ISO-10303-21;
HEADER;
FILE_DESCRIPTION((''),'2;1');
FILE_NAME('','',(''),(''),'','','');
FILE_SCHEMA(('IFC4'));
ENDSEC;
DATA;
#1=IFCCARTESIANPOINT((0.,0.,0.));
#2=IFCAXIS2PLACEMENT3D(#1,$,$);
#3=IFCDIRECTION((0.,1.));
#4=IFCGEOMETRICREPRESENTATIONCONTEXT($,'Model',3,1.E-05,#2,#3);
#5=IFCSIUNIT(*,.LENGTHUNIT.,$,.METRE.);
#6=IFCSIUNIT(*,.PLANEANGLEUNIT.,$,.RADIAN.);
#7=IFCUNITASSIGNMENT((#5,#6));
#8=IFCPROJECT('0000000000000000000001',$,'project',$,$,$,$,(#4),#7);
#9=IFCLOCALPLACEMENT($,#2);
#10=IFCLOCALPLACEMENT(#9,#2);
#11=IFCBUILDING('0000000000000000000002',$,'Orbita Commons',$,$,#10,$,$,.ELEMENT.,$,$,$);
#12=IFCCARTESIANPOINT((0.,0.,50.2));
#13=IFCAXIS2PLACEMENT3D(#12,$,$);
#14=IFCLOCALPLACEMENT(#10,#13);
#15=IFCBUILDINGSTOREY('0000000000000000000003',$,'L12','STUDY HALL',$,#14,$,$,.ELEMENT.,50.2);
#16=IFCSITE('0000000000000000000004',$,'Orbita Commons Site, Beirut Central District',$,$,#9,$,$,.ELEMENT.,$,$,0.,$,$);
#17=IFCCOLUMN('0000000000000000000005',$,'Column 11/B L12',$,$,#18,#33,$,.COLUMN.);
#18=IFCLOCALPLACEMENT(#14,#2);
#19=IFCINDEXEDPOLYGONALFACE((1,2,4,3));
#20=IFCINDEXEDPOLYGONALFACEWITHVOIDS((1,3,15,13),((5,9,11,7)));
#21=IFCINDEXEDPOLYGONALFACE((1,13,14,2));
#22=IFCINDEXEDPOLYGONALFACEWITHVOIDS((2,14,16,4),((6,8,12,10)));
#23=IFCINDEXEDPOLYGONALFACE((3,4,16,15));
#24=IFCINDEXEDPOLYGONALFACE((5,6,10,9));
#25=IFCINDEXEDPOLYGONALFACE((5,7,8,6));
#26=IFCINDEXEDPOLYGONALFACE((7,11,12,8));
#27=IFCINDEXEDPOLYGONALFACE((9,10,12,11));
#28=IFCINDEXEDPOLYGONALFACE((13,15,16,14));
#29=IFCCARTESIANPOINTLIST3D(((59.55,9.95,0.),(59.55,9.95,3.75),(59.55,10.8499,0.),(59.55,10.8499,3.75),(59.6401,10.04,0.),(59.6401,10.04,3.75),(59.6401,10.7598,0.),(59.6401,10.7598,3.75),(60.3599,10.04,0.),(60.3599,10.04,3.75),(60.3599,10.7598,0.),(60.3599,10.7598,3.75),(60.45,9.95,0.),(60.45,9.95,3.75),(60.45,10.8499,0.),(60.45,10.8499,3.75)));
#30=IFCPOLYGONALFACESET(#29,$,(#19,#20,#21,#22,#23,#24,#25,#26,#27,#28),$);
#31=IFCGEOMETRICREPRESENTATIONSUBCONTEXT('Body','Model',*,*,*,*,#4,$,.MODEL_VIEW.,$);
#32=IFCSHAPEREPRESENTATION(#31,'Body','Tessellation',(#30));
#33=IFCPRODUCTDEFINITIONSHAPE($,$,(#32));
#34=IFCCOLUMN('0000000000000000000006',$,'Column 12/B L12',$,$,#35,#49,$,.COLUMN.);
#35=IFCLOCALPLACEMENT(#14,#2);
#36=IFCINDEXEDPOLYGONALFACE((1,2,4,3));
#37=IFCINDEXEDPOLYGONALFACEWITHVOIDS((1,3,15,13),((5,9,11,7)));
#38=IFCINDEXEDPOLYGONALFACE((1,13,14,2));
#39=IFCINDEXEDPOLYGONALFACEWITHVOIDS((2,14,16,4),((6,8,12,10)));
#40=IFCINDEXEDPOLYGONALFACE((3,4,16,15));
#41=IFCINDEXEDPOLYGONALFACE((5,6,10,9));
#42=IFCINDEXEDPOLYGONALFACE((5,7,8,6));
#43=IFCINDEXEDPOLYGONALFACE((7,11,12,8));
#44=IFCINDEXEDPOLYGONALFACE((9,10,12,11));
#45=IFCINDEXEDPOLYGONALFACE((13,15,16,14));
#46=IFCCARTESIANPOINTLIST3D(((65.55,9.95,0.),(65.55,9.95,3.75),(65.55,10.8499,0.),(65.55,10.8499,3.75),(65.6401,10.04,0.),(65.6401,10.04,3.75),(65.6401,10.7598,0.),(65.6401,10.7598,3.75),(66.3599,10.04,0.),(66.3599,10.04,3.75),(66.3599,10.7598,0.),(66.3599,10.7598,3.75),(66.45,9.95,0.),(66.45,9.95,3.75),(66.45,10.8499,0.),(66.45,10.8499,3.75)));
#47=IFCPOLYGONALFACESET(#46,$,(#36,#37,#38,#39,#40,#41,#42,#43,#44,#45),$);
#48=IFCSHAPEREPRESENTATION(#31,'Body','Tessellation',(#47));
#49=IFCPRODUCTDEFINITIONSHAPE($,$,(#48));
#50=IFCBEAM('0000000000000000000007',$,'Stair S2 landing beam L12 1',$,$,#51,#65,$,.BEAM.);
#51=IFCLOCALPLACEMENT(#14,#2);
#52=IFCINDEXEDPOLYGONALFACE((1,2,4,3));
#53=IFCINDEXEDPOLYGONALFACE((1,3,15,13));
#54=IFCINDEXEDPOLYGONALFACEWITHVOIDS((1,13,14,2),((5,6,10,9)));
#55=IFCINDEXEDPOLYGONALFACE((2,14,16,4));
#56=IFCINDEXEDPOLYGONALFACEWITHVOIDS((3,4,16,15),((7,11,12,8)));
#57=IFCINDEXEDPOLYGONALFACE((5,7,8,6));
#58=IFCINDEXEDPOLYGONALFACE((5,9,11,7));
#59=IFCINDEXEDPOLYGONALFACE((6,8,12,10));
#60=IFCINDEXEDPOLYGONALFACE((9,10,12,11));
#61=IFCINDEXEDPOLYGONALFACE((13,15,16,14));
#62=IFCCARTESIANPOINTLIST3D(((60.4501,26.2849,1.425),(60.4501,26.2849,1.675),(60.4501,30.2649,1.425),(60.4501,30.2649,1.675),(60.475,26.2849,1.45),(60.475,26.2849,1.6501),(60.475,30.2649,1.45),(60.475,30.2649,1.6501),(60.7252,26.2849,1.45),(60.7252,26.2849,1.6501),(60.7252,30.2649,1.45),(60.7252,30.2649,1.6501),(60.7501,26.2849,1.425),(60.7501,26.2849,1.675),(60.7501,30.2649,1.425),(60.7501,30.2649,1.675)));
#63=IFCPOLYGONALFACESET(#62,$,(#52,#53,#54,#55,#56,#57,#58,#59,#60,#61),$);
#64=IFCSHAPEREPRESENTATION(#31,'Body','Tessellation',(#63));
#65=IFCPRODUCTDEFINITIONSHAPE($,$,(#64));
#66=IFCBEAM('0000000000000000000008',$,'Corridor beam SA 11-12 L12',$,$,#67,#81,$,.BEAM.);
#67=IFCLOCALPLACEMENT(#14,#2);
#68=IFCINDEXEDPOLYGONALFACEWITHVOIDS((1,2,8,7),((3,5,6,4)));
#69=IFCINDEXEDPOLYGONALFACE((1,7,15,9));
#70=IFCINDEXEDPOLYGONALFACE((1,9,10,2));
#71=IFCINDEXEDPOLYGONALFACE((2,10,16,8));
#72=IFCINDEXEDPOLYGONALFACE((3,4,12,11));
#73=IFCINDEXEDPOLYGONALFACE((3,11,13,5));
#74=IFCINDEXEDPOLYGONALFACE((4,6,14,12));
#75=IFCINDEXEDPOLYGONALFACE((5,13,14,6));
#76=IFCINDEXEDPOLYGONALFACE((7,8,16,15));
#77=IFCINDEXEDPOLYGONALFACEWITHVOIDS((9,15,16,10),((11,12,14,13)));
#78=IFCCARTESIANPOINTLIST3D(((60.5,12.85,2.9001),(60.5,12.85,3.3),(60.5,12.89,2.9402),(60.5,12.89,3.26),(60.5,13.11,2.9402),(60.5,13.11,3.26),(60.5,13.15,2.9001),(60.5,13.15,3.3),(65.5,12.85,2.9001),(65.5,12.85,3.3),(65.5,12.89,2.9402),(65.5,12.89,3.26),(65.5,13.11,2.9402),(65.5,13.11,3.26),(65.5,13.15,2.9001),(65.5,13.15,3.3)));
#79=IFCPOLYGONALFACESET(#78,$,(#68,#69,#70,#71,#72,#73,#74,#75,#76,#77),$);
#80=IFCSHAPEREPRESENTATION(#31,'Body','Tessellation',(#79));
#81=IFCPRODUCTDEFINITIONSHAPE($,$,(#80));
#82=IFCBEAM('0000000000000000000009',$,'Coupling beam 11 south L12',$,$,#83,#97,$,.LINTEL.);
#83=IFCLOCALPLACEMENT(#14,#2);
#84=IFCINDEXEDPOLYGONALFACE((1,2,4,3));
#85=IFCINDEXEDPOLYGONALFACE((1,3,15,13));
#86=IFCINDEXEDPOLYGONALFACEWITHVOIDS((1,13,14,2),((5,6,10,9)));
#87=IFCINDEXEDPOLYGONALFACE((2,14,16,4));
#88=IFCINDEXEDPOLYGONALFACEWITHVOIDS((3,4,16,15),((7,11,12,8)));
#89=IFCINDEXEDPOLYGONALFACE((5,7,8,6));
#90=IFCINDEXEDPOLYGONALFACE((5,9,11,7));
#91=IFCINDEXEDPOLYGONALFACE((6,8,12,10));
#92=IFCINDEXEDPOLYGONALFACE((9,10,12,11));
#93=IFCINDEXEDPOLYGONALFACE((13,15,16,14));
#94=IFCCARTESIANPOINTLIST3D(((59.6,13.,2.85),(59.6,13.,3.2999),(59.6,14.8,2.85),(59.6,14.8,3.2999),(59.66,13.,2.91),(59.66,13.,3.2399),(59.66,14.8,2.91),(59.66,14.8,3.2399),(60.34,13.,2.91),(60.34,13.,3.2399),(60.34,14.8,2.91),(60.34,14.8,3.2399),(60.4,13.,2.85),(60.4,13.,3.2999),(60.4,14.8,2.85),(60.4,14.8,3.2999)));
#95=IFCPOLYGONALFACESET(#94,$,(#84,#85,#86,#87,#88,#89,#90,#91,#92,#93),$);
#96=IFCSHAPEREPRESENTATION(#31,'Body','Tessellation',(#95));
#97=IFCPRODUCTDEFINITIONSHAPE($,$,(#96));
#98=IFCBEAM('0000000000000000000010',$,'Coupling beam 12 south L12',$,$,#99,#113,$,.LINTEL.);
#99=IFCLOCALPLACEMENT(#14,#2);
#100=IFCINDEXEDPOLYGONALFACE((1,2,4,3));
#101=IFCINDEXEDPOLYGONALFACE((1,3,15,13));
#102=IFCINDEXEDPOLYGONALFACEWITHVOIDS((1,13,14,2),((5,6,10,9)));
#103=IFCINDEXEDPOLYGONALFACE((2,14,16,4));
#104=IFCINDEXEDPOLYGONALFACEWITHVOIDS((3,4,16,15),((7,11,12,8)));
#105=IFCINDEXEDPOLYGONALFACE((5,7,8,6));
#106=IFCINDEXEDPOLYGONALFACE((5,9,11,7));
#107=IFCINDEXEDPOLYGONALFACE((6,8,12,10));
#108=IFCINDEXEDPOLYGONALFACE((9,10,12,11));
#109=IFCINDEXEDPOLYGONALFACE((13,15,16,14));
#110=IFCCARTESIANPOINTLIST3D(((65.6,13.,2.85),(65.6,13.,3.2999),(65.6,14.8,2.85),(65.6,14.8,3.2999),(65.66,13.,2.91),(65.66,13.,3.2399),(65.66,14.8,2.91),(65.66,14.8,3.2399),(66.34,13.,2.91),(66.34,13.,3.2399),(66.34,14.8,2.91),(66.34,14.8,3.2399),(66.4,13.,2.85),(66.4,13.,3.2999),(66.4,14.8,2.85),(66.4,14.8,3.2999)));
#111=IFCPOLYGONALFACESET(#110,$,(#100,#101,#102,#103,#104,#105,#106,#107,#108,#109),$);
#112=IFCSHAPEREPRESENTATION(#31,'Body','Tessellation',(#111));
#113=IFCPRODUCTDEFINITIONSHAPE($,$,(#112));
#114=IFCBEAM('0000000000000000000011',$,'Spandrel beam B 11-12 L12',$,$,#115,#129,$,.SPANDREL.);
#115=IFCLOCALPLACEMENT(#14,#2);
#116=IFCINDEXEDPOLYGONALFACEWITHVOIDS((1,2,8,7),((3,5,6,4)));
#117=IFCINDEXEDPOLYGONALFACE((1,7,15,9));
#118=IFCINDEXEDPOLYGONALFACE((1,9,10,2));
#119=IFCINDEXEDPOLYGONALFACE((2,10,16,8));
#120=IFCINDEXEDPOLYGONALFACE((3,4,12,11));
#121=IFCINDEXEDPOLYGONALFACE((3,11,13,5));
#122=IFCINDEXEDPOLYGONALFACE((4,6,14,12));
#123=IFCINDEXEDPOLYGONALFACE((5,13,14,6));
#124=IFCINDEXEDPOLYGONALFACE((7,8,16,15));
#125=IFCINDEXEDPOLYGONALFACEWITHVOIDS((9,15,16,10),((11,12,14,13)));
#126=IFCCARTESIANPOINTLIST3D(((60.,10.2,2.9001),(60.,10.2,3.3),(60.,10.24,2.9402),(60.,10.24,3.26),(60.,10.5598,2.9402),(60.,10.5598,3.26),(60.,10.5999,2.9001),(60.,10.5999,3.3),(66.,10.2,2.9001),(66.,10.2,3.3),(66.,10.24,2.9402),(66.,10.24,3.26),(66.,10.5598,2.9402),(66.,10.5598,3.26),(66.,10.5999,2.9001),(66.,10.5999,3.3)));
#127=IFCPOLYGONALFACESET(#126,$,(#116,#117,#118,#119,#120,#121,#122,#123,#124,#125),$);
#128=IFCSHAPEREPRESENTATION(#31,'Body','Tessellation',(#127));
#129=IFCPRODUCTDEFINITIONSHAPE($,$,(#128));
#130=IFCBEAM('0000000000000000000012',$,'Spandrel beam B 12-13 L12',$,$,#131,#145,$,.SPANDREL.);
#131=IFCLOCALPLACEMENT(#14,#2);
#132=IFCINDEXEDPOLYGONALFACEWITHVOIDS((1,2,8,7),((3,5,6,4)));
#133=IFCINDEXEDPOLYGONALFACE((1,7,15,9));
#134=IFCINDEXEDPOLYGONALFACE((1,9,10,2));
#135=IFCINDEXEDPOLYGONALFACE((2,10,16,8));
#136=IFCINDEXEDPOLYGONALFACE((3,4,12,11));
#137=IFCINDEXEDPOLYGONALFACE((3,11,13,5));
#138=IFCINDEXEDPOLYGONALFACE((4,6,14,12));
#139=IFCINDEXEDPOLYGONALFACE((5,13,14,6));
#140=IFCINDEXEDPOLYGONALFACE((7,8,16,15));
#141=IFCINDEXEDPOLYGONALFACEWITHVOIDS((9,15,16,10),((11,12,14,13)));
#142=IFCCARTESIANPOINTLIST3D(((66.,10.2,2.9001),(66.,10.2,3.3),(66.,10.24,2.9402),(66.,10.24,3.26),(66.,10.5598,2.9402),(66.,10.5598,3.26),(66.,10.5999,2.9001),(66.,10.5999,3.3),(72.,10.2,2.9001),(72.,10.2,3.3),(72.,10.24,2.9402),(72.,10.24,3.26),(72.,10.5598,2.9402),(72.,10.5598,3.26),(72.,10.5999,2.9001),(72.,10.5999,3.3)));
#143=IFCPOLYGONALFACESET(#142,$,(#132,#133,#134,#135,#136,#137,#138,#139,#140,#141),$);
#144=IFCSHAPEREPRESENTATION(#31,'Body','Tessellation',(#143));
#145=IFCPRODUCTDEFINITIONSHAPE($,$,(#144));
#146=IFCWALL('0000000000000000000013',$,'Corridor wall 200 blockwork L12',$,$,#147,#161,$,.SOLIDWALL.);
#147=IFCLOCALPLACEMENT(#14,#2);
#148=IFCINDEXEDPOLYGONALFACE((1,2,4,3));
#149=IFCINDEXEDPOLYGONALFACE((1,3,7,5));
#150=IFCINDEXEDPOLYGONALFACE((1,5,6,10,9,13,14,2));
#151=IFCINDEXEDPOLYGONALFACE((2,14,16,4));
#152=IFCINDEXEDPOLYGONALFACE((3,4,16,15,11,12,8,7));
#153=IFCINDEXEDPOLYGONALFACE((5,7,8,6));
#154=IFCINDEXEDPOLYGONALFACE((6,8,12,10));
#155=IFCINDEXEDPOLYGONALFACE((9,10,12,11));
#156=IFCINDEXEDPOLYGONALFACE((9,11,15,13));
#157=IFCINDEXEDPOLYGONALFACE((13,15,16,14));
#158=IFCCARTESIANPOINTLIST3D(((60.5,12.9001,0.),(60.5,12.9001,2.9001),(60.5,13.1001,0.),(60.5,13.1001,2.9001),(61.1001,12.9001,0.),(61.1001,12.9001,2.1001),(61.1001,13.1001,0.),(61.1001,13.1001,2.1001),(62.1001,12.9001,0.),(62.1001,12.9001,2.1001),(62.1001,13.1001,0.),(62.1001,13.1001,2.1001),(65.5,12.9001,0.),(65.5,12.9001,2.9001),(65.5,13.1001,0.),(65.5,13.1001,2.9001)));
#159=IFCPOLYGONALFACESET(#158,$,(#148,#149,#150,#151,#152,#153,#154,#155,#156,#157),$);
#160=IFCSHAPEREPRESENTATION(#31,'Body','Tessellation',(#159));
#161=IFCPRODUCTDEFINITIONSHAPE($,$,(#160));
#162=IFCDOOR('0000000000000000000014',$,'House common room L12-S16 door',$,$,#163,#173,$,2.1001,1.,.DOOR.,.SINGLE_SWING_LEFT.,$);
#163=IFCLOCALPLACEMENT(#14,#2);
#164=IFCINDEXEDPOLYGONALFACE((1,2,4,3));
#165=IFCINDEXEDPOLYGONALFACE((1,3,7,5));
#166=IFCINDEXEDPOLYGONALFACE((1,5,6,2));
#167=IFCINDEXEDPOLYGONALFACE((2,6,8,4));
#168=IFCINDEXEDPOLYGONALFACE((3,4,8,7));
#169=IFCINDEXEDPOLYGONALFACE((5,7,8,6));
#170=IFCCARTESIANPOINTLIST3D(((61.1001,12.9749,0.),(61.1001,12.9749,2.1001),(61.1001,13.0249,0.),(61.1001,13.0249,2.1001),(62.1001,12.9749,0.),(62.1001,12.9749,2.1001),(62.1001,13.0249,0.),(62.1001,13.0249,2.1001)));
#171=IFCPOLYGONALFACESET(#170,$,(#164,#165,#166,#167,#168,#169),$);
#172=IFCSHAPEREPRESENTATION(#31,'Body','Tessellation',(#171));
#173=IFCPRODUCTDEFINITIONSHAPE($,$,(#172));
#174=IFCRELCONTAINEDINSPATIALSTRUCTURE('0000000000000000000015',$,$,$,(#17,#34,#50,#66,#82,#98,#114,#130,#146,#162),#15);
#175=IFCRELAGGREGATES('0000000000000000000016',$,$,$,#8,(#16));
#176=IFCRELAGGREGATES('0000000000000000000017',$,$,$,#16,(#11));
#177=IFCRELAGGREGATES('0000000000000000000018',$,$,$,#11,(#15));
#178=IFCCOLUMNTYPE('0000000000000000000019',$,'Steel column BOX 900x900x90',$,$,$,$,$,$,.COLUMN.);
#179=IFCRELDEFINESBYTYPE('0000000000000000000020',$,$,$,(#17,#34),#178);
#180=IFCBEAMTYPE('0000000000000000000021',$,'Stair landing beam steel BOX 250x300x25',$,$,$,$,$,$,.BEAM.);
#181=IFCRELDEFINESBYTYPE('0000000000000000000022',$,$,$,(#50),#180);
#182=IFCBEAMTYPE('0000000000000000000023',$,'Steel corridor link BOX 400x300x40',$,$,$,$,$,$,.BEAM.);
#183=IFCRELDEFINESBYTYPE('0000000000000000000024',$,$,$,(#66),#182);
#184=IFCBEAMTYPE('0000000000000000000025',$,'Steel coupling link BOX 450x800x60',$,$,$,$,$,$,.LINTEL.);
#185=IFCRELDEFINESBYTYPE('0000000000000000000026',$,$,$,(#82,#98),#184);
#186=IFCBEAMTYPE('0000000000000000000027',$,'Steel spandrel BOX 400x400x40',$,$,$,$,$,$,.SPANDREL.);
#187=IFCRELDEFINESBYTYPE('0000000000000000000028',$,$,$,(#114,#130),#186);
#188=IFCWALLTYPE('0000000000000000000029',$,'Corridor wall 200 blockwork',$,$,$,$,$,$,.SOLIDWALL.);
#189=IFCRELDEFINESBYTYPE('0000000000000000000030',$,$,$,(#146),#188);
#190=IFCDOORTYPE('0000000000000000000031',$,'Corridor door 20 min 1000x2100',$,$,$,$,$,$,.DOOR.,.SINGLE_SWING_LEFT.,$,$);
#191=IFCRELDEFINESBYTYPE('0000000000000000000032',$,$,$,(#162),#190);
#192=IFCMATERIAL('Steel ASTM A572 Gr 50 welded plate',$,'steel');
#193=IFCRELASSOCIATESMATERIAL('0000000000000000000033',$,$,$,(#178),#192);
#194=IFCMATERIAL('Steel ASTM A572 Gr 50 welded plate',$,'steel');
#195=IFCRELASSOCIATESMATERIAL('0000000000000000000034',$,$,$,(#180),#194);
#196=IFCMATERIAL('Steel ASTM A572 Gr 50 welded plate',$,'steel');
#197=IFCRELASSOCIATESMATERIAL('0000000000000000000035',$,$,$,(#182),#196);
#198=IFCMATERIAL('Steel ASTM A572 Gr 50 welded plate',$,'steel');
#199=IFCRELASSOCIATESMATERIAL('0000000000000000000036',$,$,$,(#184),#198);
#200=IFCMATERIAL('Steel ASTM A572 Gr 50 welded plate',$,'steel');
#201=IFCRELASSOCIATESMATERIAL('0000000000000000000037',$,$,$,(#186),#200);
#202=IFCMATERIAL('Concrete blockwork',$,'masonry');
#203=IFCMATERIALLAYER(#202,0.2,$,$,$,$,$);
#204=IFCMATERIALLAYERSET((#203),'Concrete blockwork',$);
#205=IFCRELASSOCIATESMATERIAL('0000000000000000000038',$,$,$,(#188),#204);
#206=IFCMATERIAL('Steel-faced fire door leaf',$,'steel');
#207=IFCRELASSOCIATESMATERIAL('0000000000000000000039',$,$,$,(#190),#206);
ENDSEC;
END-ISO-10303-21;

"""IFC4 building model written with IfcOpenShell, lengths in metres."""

from ifc_helpers import new_model, si_unit, direction, frame, frame_2d, origin, origin_2d, place, context, subcontext, project, spatial, polyline, rectangle, hollow_rectangle, outline, extrude, material, layer, layer_set, material_profile, profile_set, type_object, element, fill, save


model = new_model("IFC4")

# Units and contexts
model_context = context("Model", 3, precision=1e-05, world=origin(), true_north=direction((0.0, 1.0)))
body_context = subcontext(model_context, "Body", "Model", "MODEL_VIEW")
ifc_project = project(units=[si_unit("LENGTHUNIT", "METRE"), si_unit("PLANEANGLEUNIT", "RADIAN")], contexts=[model_context])

# Site, building, storey
site_placement = place(None, origin())
site = spatial("IfcSite", under=ifc_project, at=site_placement, Name="Orbita Commons Site, Beirut Central District", CompositionType="ELEMENT", RefElevation=0.0)
building_placement = place(site_placement, origin())
building = spatial("IfcBuilding", under=site, at=building_placement, Name="Orbita Commons", CompositionType="ELEMENT")
storey_placement = place(building_placement, frame((0.0, 0.0, 50.2)))
storey = spatial("IfcBuildingStorey", under=building, at=storey_placement, Name="L12", Description="STUDY HALL", CompositionType="ELEMENT", Elevation=50.2)

# Columns
ifc_material_1 = material(Name="Steel ASTM A572 Gr 50 welded plate", Category="steel")
ifc_material_profile_1 = material_profile(ifc_material_1, hollow_rectangle(XDim=0.8999, YDim=0.8999, WallThickness=0.0901, at=origin_2d()), Name="BOX 900x900x90")
ifc_profile_set_1 = profile_set([ifc_material_profile_1], Name="Steel ASTM A572 Gr 50 welded plate")
column_type = type_object("IfcColumnType", Name="Steel column BOX 900x900x90", PredefinedType="COLUMN", material=ifc_profile_set_1)
for number, where, z_axis, x_axis, name in (
    (1, (60.0, 10.3999, 0.0), (0.0, 0.0, 1.0), (1.0, 0.0, 0.0), "Column 11/B L12"),
    (2, (66.0, 10.3999, 0.0), (0.0, 0.0, 1.0), (1.0, 0.0, 0.0), "Column 12/B L12"),
):
    element("IfcColumn", number, at=place(storey_placement, frame(where, z_axis=z_axis, x_axis=x_axis)), inside=storey, type_object=column_type, Name=name, PredefinedType="COLUMN", context=body_context, shape_type="SweptSolid", body=[
        extrude(hollow_rectangle(XDim=0.8999, YDim=0.8999, WallThickness=0.0901, at=origin_2d()), origin(), (0.0, 0.0, 1.0), 3.75),
    ])

# Beams
ifc_material_2 = material(Name="Steel ASTM A572 Gr 50 welded plate", Category="steel")
ifc_material_profile_2 = material_profile(ifc_material_2, hollow_rectangle(XDim=0.3, YDim=0.25, WallThickness=0.0249, at=origin_2d()), Name="BOX 250x300x25")
ifc_profile_set_2 = profile_set([ifc_material_profile_2], Name="Steel ASTM A572 Gr 50 welded plate")
beam_type_1 = type_object("IfcBeamType", Name="Stair landing beam steel BOX 250x300x25", PredefinedType="BEAM", material=ifc_profile_set_2)
beam_1_placement = place(storey_placement, frame((60.6001, 26.2849, 1.55), z_axis=(0.0, 1.0, 0.0), x_axis=(-1.0, 0.0, 0.0)))
element("IfcBeam", 3, at=beam_1_placement, inside=storey, type_object=beam_type_1, Name="Stair S2 landing beam L12 1", PredefinedType="BEAM", context=body_context, shape_type="SweptSolid", body=[
    extrude(hollow_rectangle(XDim=0.3, YDim=0.25, WallThickness=0.0249, at=origin_2d()), origin(), (0.0, 0.0, 1.0), 3.98),
])
ifc_material_3 = material(Name="Steel ASTM A572 Gr 50 welded plate", Category="steel")
ifc_material_profile_3 = material_profile(ifc_material_3, hollow_rectangle(XDim=0.3, YDim=0.3999, WallThickness=0.04, at=origin_2d()), Name="BOX 400x300x40")
ifc_profile_set_3 = profile_set([ifc_material_profile_3], Name="Steel ASTM A572 Gr 50 welded plate")
beam_type_2 = type_object("IfcBeamType", Name="Steel corridor link BOX 400x300x40", PredefinedType="BEAM", material=ifc_profile_set_3)
beam_2_placement = place(storey_placement, frame((60.5, 13.0, 3.1001), z_axis=(1.0, 0.0, 0.0), x_axis=(0.0, 1.0, 0.0)))
element("IfcBeam", 4, at=beam_2_placement, inside=storey, type_object=beam_type_2, Name="Corridor beam SA 11-12 L12", PredefinedType="BEAM", context=body_context, shape_type="SweptSolid", body=[
    extrude(hollow_rectangle(XDim=0.3, YDim=0.3999, WallThickness=0.04, at=origin_2d()), origin(), (0.0, 0.0, 1.0), 5.0),
])
ifc_material_4 = material(Name="Steel ASTM A572 Gr 50 welded plate", Category="steel")
ifc_material_profile_4 = material_profile(ifc_material_4, hollow_rectangle(XDim=0.8, YDim=0.45, WallThickness=0.0601, at=origin_2d()), Name="BOX 450x800x60")
ifc_profile_set_4 = profile_set([ifc_material_profile_4], Name="Steel ASTM A572 Gr 50 welded plate")
beam_type_3 = type_object("IfcBeamType", Name="Steel coupling link BOX 450x800x60", PredefinedType="LINTEL", material=ifc_profile_set_4)
for number, where, z_axis, x_axis, name in (
    (5, (60.0, 13.0, 3.075), (0.0, 1.0, 0.0), (-1.0, 0.0, 0.0), "Coupling beam 11 south L12"),
    (6, (66.0, 13.0, 3.075), (0.0, 1.0, 0.0), (-1.0, 0.0, 0.0), "Coupling beam 12 south L12"),
):
    element("IfcBeam", number, at=place(storey_placement, frame(where, z_axis=z_axis, x_axis=x_axis)), inside=storey, type_object=beam_type_3, Name=name, PredefinedType="LINTEL", context=body_context, shape_type="SweptSolid", body=[
        extrude(hollow_rectangle(XDim=0.8, YDim=0.45, WallThickness=0.0601, at=origin_2d()), origin(), (0.0, 0.0, 1.0), 1.8),
    ])
ifc_material_5 = material(Name="Steel ASTM A572 Gr 50 welded plate", Category="steel")
ifc_material_profile_5 = material_profile(ifc_material_5, hollow_rectangle(XDim=0.3999, YDim=0.3999, WallThickness=0.04, at=origin_2d()), Name="BOX 400x400x40")
ifc_profile_set_5 = profile_set([ifc_material_profile_5], Name="Steel ASTM A572 Gr 50 welded plate")
beam_type_4 = type_object("IfcBeamType", Name="Steel spandrel BOX 400x400x40", PredefinedType="SPANDREL", material=ifc_profile_set_5)
for number, where, z_axis, x_axis, name in (
    (7, (60.0, 10.3999, 3.1001), (1.0, 0.0, 0.0), (0.0, 1.0, 0.0), "Spandrel beam B 11-12 L12"),
    (8, (66.0, 10.3999, 3.1001), (1.0, 0.0, 0.0), (0.0, 1.0, 0.0), "Spandrel beam B 12-13 L12"),
):
    element("IfcBeam", number, at=place(storey_placement, frame(where, z_axis=z_axis, x_axis=x_axis)), inside=storey, type_object=beam_type_4, Name=name, PredefinedType="SPANDREL", context=body_context, shape_type="SweptSolid", body=[
        extrude(hollow_rectangle(XDim=0.3999, YDim=0.3999, WallThickness=0.04, at=origin_2d()), origin(), (0.0, 0.0, 1.0), 6.0),
    ])

# Wall, opening, door
ifc_material_6 = material(Name="Concrete blockwork", Category="masonry")
ifc_layer_1 = layer(ifc_material_6, 0.2)
ifc_layer_set_1 = layer_set([ifc_layer_1], Name="Concrete blockwork")
wall_type_1 = type_object("IfcWallType", Name="Corridor wall 200 blockwork", PredefinedType="SOLIDWALL", material=ifc_layer_set_1)
wall_1_placement = place(storey_placement, frame((60.5, 13.0, 0.0), z_axis=(0.0, 0.0, 1.0), x_axis=(1.0, 0.0, 0.0)))
wall_1 = element("IfcWall", 9, at=wall_1_placement, inside=storey, type_object=wall_type_1, Name="Corridor wall 200 blockwork L12", PredefinedType="SOLIDWALL", context=body_context, shape_type="SweptSolid", body=[
    extrude(outline(polyline([(0.0, 0.0), (5.0, 0.0), (5.0, 2.9001), (0.0, 2.9001), (0.0, 0.0)])), frame((0.0, 0.1001, 0.0), z_axis=(0.0, -1.0, 0.0), x_axis=(1.0, 0.0, 0.0)), (0.0, 0.0, 1.0), 0.2),
])
opening_1_placement = place(wall_1_placement, frame((0.6001, 0.0, 0.0)))
opening_1 = element("IfcOpeningElement", 10, at=opening_1_placement, cuts=wall_1, PredefinedType="OPENING", context=body_context, shape_type="SweptSolid", body=[
    extrude(rectangle(XDim=1.0, YDim=2.1001, at=frame_2d((0.5, 1.05))), frame((0.0, 0.1099, 0.0), z_axis=(0.0, -1.0, 0.0), x_axis=(1.0, 0.0, 0.0)), (0.0, 0.0, 1.0), 0.22),
])
ifc_material_7 = material(Name="Steel-faced fire door leaf", Category="steel")
door_type = type_object("IfcDoorType", Name="Corridor door 20 min 1000x2100", OperationType="SINGLE_SWING_LEFT", PredefinedType="DOOR", material=ifc_material_7)
door_1_placement = place(opening_1_placement, origin())
door_1 = element("IfcDoor", 11, at=door_1_placement, inside=storey, type_object=door_type, Name="House common room L12-S16 door", OperationType="SINGLE_SWING_LEFT", OverallHeight=2.1001, OverallWidth=1.0, PredefinedType="DOOR", context=body_context, shape_type="SweptSolid", body=[
    extrude(rectangle(XDim=1.0, YDim=2.1001, at=frame_2d((0.5, 1.05))), frame((0.0, 0.0249, 0.0), z_axis=(0.0, -1.0, 0.0), x_axis=(1.0, 0.0, 0.0)), (0.0, 0.0, 1.0), 0.05),
])
fill(opening_1, door_1)

save(model, "model.ifc")
